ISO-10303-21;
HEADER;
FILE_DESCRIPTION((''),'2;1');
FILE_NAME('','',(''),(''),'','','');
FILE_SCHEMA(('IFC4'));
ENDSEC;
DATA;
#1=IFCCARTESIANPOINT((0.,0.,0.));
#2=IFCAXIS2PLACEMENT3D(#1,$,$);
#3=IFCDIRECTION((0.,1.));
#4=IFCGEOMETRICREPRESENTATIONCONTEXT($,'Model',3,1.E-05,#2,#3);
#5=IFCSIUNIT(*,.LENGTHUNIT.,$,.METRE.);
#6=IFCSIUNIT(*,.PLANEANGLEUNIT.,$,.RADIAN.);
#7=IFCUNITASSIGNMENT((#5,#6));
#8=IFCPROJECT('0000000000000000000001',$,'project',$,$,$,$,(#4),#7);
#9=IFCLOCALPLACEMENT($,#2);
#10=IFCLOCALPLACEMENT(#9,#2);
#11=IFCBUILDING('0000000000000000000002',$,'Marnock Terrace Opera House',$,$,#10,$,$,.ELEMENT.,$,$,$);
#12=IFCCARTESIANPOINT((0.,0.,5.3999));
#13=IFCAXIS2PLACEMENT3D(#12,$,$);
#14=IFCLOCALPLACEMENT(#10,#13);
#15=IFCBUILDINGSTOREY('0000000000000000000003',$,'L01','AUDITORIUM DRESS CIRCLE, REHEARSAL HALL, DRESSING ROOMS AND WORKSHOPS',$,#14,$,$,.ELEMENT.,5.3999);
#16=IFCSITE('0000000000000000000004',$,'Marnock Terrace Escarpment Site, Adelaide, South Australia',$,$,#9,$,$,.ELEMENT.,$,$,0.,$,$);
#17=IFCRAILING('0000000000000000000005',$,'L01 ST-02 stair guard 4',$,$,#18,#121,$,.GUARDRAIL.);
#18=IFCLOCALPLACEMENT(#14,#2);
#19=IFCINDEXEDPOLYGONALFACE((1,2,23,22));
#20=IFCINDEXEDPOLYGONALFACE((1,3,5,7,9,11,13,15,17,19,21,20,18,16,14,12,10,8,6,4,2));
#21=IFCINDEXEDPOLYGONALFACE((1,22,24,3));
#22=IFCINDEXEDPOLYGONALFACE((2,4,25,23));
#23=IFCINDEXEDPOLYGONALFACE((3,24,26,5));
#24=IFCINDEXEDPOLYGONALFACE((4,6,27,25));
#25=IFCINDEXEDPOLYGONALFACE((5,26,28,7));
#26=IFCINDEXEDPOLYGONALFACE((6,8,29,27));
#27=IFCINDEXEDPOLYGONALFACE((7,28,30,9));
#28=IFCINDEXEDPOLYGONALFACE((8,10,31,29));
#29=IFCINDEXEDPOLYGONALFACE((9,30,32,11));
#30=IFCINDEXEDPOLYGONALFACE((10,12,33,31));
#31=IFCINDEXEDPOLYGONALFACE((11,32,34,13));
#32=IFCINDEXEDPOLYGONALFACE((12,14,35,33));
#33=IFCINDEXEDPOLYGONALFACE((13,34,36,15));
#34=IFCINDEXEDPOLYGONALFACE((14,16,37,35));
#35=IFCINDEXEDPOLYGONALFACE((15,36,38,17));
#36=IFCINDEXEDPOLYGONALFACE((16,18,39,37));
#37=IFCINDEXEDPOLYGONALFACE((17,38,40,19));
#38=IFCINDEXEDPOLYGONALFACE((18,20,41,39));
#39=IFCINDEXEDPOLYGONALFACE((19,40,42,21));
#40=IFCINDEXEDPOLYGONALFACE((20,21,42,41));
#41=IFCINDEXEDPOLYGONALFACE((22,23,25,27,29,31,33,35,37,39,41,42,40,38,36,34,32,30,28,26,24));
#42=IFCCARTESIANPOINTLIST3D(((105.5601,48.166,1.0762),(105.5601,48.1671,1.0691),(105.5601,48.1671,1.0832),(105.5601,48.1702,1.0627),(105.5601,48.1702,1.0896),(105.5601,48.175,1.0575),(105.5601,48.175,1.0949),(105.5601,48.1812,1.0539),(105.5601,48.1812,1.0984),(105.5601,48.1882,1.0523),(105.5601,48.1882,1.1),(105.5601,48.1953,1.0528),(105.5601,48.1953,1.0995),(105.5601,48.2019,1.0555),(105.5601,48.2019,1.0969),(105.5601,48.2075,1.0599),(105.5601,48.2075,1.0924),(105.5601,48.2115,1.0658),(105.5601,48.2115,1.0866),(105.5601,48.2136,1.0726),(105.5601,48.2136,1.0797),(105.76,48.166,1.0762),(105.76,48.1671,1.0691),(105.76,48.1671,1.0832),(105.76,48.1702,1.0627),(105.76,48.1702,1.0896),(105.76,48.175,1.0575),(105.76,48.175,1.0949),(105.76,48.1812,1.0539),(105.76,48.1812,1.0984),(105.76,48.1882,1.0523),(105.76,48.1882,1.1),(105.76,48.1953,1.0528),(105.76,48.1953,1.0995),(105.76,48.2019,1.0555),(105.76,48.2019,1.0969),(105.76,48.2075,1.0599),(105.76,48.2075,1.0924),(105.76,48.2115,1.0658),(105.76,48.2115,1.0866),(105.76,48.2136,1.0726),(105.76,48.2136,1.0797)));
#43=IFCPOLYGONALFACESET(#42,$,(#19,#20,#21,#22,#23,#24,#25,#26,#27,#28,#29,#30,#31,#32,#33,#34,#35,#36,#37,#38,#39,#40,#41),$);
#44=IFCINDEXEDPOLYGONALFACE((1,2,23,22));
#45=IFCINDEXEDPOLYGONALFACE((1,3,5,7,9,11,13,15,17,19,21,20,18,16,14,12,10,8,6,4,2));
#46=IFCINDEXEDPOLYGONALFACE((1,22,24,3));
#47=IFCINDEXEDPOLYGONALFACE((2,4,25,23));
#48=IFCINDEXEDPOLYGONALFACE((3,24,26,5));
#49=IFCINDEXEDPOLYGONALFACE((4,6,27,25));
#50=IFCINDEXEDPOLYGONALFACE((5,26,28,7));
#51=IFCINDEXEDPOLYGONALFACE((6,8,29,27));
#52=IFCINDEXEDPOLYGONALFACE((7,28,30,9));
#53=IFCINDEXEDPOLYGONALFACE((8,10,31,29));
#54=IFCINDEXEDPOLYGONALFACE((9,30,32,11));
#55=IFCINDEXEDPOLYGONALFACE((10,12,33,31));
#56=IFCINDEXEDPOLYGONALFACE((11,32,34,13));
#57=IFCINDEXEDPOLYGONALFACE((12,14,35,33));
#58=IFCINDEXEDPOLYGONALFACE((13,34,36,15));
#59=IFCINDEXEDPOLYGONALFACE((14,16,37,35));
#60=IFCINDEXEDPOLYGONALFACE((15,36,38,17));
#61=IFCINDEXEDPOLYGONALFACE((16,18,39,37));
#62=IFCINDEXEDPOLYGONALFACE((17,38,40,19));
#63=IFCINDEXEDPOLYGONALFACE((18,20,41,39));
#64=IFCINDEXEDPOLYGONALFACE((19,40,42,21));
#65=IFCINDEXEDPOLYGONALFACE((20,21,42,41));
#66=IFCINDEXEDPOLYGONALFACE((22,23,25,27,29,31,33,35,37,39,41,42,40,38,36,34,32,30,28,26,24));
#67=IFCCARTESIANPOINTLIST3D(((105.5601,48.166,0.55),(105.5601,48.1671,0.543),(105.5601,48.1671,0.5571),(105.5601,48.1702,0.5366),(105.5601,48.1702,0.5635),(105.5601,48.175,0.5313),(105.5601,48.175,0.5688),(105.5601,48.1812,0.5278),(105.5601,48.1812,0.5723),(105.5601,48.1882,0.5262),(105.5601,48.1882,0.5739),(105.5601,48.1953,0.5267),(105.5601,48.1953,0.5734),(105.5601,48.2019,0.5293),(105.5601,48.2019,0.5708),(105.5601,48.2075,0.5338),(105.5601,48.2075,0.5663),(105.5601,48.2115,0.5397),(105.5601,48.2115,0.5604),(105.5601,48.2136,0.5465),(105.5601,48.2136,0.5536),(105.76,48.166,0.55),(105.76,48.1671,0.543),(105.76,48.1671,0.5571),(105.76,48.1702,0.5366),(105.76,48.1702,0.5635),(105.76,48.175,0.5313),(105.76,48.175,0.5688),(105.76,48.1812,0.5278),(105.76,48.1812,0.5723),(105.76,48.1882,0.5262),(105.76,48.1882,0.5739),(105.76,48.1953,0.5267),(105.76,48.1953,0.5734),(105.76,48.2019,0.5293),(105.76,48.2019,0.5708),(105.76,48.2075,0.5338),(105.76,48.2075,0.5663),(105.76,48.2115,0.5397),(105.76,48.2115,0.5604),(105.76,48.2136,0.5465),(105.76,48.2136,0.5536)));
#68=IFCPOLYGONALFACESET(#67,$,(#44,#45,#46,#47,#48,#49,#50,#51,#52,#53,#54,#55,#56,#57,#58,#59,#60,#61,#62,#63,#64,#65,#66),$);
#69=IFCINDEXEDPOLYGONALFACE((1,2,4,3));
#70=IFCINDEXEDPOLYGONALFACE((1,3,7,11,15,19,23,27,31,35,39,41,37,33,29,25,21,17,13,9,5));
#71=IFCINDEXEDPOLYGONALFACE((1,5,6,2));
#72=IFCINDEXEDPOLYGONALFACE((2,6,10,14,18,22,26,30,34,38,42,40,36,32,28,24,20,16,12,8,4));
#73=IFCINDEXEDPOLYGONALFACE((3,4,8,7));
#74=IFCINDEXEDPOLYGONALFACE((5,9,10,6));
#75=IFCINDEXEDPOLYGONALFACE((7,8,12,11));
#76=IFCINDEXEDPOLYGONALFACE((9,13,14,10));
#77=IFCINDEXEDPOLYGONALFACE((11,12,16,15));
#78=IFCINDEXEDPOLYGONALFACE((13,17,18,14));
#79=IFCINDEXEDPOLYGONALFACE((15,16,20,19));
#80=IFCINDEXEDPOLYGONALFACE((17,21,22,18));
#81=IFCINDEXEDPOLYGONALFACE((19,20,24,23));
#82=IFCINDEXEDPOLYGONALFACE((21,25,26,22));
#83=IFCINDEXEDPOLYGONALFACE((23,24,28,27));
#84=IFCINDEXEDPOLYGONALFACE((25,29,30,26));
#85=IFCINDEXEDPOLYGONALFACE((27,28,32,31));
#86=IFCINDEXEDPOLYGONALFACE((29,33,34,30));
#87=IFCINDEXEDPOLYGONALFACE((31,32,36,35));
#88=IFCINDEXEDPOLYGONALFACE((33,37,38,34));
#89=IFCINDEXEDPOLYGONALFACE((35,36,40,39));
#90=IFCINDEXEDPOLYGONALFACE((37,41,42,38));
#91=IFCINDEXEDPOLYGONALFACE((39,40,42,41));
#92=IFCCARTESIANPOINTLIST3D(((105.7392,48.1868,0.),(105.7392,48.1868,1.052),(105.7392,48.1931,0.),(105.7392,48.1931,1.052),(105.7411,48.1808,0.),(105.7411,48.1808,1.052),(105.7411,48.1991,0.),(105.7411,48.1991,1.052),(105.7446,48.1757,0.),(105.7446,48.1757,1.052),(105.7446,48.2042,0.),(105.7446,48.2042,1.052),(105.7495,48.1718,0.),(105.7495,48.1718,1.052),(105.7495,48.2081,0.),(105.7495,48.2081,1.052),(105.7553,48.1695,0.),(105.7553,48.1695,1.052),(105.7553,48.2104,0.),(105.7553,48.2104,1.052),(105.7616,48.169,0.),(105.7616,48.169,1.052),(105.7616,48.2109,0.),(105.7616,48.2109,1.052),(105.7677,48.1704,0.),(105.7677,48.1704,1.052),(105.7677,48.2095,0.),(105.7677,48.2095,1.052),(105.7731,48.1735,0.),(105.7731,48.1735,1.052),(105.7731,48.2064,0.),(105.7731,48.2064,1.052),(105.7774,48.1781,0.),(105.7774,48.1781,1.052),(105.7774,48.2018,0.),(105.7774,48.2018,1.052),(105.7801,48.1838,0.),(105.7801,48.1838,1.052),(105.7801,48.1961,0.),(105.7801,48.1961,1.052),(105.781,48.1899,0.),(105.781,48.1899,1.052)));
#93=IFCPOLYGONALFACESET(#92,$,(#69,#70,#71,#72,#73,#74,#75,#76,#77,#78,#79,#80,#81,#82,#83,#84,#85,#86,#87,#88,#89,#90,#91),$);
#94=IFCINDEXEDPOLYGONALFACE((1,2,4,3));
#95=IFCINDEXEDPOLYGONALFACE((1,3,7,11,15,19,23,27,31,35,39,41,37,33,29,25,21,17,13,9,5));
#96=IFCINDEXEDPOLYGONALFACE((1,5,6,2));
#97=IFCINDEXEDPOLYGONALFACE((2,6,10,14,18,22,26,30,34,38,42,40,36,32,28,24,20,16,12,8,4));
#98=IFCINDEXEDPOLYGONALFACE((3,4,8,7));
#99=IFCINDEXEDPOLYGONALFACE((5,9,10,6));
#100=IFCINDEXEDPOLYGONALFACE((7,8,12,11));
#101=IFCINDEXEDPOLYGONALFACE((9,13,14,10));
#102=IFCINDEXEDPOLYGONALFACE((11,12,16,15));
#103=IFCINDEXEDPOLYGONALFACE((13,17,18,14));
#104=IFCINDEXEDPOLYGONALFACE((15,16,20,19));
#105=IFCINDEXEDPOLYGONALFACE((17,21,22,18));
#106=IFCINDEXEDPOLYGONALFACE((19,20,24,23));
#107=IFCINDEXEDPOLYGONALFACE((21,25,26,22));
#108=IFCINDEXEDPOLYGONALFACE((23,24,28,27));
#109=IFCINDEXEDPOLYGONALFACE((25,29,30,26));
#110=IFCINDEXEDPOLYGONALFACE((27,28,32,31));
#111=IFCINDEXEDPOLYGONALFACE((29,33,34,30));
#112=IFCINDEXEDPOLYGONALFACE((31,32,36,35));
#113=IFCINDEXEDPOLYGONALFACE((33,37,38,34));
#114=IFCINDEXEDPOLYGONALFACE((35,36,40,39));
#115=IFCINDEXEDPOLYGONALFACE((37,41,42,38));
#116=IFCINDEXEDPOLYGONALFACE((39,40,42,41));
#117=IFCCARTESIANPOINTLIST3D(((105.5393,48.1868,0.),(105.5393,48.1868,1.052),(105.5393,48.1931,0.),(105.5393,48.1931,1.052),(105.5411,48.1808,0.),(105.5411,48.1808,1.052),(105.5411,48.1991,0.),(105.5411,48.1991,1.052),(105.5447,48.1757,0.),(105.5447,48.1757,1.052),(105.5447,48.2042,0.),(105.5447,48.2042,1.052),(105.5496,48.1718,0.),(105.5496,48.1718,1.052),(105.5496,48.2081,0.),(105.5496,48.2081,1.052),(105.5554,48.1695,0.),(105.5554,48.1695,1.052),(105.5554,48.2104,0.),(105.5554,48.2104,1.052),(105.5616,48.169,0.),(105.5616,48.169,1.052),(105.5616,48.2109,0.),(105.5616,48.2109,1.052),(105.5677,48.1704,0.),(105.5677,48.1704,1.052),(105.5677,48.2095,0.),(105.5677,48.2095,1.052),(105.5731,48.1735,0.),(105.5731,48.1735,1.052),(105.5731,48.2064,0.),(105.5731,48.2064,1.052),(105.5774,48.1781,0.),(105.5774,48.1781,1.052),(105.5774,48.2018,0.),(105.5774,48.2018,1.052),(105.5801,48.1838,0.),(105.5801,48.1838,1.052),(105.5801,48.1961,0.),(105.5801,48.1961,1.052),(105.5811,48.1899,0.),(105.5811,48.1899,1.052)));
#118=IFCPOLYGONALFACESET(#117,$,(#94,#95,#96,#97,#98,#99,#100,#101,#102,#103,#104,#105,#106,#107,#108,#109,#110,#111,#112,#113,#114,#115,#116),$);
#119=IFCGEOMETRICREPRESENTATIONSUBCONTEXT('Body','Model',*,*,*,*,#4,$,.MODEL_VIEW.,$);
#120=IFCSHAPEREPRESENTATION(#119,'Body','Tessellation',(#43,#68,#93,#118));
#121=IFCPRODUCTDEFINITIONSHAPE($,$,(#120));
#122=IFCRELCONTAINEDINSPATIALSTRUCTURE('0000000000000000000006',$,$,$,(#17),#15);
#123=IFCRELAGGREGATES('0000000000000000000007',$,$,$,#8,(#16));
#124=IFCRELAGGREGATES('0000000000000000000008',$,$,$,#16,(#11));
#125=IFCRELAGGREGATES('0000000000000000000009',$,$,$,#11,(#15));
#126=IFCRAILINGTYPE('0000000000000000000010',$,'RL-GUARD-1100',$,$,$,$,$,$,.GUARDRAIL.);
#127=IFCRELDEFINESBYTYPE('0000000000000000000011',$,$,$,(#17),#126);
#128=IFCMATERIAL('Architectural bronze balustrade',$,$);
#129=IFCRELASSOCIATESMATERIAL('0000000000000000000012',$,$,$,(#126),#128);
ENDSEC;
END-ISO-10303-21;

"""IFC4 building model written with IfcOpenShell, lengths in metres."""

from ifc_helpers import new_model, si_unit, direction, frame, origin, origin_2d, place, context, subcontext, project, spatial, circle, extrude, material, type_object, element, save


model = new_model("IFC4")

# Units and contexts
model_context = context("Model", 3, precision=1e-05, world=origin(), true_north=direction((0.0, 1.0)))
body_context = subcontext(model_context, "Body", "Model", "MODEL_VIEW")
ifc_project = project(units=[si_unit("LENGTHUNIT", "METRE"), si_unit("PLANEANGLEUNIT", "RADIAN")], contexts=[model_context])

# Site, building, storey
site_placement = place(None, origin())
site = spatial("IfcSite", under=ifc_project, at=site_placement, Name="Marnock Terrace Escarpment Site, Adelaide, South Australia", CompositionType="ELEMENT", RefElevation=0.0)
building_placement = place(site_placement, origin())
building = spatial("IfcBuilding", under=site, at=building_placement, Name="Marnock Terrace Opera House", CompositionType="ELEMENT")
storey_placement = place(building_placement, frame((0.0, 0.0, 5.3999)))
storey = spatial("IfcBuildingStorey", under=building, at=storey_placement, Name="L01", Description="AUDITORIUM DRESS CIRCLE, REHEARSAL HALL, DRESSING ROOMS AND WORKSHOPS", CompositionType="ELEMENT", Elevation=5.3999)

# Railing
ifc_material_1 = material(Name="Architectural bronze balustrade")
railing_type_1 = type_object("IfcRailingType", Name="RL-GUARD-1100", PredefinedType="GUARDRAIL", material=ifc_material_1)
railing_1_placement = place(storey_placement, frame((105.76, 48.1899, 0.0)))
element("IfcRailing", 1, at=railing_1_placement, inside=storey, type_object=railing_type_1, Name="L01 ST-02 stair guard 4", PredefinedType="GUARDRAIL", context=body_context, shape_type="SweptSolid", body=[
    extrude(circle(Radius=0.0239, at=origin_2d()), frame((0.0, 0.0, 1.0762), z_axis=(-1.0, 0.0, 0.0), x_axis=(0.0, -1.0, 0.0)), (0.0, 0.0, 1.0), 0.2),
    extrude(circle(Radius=0.0239, at=origin_2d()), frame((0.0, 0.0, 0.55), z_axis=(-1.0, 0.0, 0.0), x_axis=(0.0, -1.0, 0.0)), (0.0, 0.0, 1.0), 0.2),
    extrude(circle(Radius=0.021, at=origin_2d()), origin(), (0.0, 0.0, 1.0), 1.052),
    extrude(circle(Radius=0.021, at=origin_2d()), frame((-0.2, 0.0, 0.0)), (0.0, 0.0, 1.0), 1.052),
])

save(model, "model.ifc")
